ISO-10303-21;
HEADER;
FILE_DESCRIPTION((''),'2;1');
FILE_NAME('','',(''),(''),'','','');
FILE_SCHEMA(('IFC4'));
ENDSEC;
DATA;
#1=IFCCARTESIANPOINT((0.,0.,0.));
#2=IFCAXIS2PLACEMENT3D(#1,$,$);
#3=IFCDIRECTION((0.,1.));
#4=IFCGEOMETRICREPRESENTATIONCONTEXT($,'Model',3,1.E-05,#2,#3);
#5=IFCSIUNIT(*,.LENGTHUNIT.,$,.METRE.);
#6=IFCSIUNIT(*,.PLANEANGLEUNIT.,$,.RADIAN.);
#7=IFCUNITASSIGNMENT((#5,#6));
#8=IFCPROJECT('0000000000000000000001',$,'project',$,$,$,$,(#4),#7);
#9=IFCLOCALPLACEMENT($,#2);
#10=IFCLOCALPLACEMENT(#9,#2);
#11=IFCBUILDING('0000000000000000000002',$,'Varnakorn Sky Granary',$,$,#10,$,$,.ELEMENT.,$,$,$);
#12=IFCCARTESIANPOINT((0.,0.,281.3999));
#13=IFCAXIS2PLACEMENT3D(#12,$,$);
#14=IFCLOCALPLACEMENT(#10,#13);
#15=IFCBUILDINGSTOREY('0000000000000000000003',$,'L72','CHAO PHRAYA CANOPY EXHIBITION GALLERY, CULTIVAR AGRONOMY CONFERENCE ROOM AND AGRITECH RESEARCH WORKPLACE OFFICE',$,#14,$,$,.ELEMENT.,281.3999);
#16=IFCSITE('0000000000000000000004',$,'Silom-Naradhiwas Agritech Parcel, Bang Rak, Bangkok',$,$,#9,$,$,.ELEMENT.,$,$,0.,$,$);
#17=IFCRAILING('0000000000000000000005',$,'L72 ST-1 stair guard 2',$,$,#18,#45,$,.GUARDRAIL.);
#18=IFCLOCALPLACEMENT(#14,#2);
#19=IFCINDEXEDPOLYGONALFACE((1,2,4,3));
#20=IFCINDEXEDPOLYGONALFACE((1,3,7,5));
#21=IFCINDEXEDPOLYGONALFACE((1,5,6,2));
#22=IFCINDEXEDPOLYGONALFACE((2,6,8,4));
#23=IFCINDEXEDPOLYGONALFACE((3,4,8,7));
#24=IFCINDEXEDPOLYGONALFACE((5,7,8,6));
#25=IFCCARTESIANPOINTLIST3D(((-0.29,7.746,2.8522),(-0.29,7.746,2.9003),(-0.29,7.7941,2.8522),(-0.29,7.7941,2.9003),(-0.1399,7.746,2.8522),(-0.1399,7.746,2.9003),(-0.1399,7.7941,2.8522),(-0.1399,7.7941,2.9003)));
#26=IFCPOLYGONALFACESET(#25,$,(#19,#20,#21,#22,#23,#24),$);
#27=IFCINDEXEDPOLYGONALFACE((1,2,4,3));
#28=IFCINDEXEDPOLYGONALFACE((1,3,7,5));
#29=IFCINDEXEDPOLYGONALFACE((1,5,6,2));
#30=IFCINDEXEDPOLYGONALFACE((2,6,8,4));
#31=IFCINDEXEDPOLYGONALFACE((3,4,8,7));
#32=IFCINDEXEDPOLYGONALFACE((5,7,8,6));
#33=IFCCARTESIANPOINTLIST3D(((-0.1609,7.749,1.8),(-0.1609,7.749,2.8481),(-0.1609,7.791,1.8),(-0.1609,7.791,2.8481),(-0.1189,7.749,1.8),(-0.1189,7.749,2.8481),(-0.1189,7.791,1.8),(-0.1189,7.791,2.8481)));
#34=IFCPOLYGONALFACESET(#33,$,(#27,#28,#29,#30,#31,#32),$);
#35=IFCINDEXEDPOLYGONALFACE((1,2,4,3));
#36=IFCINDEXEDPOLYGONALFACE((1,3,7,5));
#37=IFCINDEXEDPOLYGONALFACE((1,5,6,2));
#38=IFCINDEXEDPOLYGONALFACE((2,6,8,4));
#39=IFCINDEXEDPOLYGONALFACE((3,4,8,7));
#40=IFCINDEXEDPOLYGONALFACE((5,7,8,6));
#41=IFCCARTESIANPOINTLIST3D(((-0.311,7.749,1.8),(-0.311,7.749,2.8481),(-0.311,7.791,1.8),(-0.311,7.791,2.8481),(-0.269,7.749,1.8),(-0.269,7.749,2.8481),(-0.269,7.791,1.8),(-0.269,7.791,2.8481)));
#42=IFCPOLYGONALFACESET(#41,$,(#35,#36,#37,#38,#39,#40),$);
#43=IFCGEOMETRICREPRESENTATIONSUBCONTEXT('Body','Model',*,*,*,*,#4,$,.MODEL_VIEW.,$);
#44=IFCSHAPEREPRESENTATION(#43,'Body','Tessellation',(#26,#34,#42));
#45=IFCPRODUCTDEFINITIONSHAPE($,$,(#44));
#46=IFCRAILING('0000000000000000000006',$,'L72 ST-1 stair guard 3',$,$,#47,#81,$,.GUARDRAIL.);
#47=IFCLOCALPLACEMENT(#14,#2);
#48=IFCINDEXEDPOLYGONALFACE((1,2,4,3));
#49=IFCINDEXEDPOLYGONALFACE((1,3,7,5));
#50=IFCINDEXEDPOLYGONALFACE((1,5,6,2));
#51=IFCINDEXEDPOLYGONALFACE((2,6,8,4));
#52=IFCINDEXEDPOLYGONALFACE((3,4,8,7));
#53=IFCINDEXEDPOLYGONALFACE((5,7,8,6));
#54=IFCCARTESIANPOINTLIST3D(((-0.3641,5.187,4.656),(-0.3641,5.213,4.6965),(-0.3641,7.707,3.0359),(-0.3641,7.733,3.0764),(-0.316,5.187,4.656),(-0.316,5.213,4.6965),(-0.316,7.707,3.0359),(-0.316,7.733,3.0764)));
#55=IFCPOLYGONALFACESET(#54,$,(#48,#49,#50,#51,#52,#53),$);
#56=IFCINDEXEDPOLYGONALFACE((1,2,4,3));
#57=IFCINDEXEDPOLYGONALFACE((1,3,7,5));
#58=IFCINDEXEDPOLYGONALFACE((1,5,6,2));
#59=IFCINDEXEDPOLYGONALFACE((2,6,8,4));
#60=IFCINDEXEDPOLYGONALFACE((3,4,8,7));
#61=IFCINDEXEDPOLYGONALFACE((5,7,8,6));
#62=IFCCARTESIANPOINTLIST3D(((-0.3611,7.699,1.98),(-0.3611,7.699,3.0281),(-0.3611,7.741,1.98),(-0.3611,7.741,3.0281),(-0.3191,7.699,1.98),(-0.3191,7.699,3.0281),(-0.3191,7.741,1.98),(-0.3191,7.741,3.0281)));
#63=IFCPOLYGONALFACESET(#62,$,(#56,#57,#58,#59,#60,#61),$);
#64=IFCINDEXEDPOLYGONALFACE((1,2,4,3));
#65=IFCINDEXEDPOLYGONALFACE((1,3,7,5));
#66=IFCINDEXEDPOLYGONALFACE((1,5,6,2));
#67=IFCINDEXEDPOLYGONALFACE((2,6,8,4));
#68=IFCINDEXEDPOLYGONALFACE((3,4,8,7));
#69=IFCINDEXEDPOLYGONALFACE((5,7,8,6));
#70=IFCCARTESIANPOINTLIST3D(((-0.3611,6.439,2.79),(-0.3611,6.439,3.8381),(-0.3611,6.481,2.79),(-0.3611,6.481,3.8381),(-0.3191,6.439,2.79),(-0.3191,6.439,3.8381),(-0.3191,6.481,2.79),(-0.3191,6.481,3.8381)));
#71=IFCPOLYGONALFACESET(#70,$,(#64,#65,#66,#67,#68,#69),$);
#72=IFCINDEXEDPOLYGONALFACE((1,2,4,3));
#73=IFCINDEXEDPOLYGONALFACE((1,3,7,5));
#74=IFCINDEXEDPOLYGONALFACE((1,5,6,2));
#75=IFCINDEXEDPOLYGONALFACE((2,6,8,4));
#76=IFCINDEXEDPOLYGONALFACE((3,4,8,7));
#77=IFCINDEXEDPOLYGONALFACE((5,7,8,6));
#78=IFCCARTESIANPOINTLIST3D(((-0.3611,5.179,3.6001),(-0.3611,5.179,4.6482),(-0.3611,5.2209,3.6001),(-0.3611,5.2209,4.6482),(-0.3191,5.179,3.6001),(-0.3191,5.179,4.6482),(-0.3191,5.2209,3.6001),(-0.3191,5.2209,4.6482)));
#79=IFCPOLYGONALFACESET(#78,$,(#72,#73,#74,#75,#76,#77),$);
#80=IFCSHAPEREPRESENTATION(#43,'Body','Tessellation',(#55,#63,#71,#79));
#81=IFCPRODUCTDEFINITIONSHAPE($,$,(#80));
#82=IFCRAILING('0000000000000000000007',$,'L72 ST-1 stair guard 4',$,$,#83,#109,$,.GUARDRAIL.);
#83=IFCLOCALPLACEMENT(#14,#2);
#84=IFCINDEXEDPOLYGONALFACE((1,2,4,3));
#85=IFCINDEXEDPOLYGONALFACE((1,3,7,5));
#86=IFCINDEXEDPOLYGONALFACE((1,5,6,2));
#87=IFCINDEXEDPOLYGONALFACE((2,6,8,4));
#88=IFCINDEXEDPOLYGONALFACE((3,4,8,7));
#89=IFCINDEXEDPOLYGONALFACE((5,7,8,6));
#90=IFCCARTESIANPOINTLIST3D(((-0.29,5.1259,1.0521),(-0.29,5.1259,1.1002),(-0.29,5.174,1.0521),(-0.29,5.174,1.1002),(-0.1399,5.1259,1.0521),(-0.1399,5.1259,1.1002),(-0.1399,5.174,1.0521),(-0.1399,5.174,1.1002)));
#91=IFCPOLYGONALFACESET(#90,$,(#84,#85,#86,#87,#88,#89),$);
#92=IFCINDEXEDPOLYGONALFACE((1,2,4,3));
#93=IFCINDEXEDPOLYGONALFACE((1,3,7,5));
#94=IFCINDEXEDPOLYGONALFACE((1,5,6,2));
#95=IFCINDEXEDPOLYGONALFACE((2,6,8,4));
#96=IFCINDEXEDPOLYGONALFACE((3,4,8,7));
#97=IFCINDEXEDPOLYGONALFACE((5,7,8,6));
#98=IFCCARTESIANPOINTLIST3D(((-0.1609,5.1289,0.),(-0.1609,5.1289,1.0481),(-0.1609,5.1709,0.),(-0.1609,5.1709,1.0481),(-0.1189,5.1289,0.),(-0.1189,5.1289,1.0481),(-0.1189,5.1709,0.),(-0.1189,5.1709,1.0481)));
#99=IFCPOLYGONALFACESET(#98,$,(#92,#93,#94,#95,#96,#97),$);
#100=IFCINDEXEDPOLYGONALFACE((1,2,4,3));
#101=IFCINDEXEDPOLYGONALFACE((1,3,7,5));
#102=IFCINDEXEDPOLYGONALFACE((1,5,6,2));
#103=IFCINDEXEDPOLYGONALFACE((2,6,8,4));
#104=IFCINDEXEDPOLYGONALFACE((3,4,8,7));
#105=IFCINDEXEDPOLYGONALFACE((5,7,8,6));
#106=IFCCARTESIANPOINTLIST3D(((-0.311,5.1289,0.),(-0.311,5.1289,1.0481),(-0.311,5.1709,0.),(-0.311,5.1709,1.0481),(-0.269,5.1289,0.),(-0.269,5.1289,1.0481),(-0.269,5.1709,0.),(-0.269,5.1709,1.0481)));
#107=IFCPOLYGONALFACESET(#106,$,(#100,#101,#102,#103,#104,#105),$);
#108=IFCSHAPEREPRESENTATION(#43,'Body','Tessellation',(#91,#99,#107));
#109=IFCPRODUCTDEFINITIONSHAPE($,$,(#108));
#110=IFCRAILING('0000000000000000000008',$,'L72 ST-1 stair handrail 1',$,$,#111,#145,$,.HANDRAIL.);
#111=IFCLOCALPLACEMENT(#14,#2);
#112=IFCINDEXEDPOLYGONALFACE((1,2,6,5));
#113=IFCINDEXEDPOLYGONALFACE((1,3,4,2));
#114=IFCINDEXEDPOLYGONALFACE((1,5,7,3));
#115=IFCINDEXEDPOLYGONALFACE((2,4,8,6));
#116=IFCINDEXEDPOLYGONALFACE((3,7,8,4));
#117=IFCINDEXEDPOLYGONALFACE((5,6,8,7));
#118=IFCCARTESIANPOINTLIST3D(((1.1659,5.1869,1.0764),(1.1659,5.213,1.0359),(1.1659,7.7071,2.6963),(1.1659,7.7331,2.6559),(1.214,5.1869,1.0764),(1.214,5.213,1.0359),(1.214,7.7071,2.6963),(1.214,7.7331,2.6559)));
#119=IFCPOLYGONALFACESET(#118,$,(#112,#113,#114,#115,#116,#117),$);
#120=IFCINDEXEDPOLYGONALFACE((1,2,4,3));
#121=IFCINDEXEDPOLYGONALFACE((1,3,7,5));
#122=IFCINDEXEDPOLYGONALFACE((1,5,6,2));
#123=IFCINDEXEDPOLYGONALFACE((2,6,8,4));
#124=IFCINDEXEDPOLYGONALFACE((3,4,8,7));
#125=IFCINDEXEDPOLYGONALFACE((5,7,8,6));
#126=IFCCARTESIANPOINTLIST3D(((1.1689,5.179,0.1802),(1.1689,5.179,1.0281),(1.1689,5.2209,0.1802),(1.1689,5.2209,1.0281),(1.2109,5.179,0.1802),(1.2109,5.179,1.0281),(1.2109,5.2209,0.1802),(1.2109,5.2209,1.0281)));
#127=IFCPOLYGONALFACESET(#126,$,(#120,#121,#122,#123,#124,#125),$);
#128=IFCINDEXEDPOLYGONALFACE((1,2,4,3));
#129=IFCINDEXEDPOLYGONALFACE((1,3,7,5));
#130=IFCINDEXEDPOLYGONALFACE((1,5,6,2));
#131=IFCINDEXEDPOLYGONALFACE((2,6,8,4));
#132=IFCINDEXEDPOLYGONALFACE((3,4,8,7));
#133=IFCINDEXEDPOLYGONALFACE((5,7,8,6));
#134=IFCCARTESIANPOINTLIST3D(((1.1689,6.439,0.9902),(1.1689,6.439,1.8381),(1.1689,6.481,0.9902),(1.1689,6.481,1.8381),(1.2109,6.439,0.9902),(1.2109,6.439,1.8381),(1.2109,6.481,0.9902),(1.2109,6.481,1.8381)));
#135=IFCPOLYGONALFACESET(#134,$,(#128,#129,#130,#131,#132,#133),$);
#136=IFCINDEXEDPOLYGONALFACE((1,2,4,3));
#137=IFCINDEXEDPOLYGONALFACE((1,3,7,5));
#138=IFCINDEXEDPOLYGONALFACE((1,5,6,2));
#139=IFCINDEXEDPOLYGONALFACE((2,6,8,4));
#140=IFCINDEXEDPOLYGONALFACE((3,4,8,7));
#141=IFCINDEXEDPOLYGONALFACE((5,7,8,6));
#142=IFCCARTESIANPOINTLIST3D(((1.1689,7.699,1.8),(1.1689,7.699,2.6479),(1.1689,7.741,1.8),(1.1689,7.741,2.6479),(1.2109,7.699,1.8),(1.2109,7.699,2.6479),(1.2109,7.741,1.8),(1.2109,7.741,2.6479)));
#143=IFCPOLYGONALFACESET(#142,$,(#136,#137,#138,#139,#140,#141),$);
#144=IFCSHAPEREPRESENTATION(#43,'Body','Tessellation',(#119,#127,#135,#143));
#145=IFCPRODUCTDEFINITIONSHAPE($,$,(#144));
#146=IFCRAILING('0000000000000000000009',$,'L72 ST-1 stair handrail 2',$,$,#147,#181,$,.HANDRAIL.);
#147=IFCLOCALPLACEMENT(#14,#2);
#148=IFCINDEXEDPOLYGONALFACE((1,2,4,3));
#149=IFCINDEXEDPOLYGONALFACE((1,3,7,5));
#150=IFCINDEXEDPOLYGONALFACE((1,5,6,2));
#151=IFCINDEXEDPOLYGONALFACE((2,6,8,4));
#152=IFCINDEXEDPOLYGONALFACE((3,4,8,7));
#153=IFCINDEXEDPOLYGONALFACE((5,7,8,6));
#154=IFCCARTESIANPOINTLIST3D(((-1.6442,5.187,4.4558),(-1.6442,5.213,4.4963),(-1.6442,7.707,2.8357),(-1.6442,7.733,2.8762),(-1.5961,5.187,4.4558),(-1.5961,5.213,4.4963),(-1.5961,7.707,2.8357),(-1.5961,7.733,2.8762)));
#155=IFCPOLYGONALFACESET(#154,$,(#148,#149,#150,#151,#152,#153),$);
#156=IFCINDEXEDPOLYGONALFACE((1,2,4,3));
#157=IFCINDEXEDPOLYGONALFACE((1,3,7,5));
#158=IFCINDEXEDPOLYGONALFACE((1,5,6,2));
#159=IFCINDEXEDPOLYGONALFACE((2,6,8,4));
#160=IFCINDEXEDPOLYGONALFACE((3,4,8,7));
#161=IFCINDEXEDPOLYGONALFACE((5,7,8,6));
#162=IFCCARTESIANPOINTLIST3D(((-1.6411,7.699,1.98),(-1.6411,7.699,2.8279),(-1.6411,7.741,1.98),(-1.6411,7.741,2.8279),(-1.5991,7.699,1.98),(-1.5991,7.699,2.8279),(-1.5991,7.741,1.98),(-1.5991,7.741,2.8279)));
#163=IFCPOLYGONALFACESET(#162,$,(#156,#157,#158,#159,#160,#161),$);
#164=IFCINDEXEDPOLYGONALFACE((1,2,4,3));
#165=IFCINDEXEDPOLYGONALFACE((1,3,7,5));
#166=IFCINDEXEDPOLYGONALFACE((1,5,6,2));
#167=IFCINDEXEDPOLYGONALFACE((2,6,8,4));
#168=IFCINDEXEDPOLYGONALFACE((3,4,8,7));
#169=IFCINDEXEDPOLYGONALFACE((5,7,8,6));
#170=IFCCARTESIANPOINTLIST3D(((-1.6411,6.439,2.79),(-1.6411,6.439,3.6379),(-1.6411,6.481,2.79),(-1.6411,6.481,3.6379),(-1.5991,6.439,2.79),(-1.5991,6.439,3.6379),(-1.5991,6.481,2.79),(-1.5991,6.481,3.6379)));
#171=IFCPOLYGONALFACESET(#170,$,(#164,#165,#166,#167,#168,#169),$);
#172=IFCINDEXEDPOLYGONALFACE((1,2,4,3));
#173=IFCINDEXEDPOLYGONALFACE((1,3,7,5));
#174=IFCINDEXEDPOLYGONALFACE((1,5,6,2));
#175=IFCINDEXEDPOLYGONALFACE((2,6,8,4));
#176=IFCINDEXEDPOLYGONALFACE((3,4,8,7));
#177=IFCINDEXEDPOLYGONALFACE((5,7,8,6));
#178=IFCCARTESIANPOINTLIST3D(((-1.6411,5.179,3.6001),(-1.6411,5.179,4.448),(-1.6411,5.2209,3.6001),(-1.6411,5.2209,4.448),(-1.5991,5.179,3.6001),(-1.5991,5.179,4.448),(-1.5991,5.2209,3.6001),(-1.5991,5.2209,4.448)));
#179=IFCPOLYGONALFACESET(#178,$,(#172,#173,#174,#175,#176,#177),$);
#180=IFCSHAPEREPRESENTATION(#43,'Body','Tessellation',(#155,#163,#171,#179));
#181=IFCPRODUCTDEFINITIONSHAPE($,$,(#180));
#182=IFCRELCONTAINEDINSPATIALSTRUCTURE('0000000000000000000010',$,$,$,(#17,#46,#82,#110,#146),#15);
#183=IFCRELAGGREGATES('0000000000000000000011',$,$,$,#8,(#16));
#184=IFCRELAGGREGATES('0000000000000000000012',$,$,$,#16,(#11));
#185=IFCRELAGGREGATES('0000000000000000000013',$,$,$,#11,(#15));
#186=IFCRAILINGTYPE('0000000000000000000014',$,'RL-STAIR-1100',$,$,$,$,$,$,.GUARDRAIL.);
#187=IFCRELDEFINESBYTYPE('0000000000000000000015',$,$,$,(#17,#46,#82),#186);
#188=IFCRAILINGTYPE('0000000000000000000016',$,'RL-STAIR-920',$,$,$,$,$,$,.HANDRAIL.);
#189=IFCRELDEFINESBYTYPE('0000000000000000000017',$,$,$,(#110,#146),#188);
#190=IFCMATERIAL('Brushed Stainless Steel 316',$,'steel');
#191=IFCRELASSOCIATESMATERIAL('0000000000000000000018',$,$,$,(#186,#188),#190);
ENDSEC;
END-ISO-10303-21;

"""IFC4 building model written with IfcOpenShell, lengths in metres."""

from ifc_helpers import new_model, si_unit, direction, frame, origin, origin_2d, place, context, subcontext, project, spatial, rectangle, extrude, material, type_object, element, save


model = new_model("IFC4")

# Units and contexts
model_context = context("Model", 3, precision=1e-05, world=origin(), true_north=direction((0.0, 1.0)))
body_context = subcontext(model_context, "Body", "Model", "MODEL_VIEW")
ifc_project = project(units=[si_unit("LENGTHUNIT", "METRE"), si_unit("PLANEANGLEUNIT", "RADIAN")], contexts=[model_context])

# Site, building, storey
site_placement = place(None, origin())
site = spatial("IfcSite", under=ifc_project, at=site_placement, Name="Silom-Naradhiwas Agritech Parcel, Bang Rak, Bangkok", CompositionType="ELEMENT", RefElevation=0.0)
building_placement = place(site_placement, origin())
building = spatial("IfcBuilding", under=site, at=building_placement, Name="Varnakorn Sky Granary", CompositionType="ELEMENT")
storey_placement = place(building_placement, frame((0.0, 0.0, 281.3999)))
storey = spatial("IfcBuildingStorey", under=building, at=storey_placement, Name="L72", Description="CHAO PHRAYA CANOPY EXHIBITION GALLERY, CULTIVAR AGRONOMY CONFERENCE ROOM AND AGRITECH RESEARCH WORKPLACE OFFICE", CompositionType="ELEMENT", Elevation=281.3999)

# Railings
ifc_material_1 = material(Name="Brushed Stainless Steel 316", Category="steel")
railing_type_1 = type_object("IfcRailingType", Name="RL-STAIR-1100", PredefinedType="GUARDRAIL", material=ifc_material_1)
railing_1_placement = place(storey_placement, frame((-0.1399, 7.77, 1.8)))
element("IfcRailing", 1, at=railing_1_placement, inside=storey, type_object=railing_type_1, Name="L72 ST-1 stair guard 2", PredefinedType="GUARDRAIL", context=body_context, shape_type="SweptSolid", body=[
    extrude(rectangle(XDim=0.0481, YDim=0.0481, at=origin_2d()), frame((0.0, 0.0, 1.0762), z_axis=(-1.0, 0.0, 0.0), x_axis=(0.0, -1.0, 0.0)), (0.0, 0.0, 1.0), 0.1501),
    extrude(rectangle(XDim=0.042, YDim=0.042, at=origin_2d()), origin(), (0.0, 0.0, 1.0), 1.0481),
    extrude(rectangle(XDim=0.042, YDim=0.042, at=origin_2d()), frame((-0.1501, 0.0, 0.0)), (0.0, 0.0, 1.0), 1.0481),
])
railing_2_placement = place(storey_placement, frame((-0.3401, 7.72, 1.98)))
element("IfcRailing", 2, at=railing_2_placement, inside=storey, type_object=railing_type_1, Name="L72 ST-1 stair guard 3", PredefinedType="GUARDRAIL", context=body_context, shape_type="SweptSolid", body=[
    extrude(rectangle(XDim=0.0481, YDim=0.0481, at=origin_2d()), frame((0.0, 0.0, 1.0762), z_axis=(0.0, -0.841163, 0.540782), x_axis=(1.0, 0.0, 0.0)), (0.0, 0.0, 1.0), 2.9958),
    extrude(rectangle(XDim=0.042, YDim=0.042, at=origin_2d()), origin(), (0.0, 0.0, 1.0), 1.0481),
    extrude(rectangle(XDim=0.042, YDim=0.042, at=origin_2d()), frame((0.0, -1.26, 0.8101)), (0.0, 0.0, 1.0), 1.0481),
    extrude(rectangle(XDim=0.042, YDim=0.042, at=origin_2d()), frame((0.0, -2.52, 1.6201)), (0.0, 0.0, 1.0), 1.0481),
])
railing_3_placement = place(storey_placement, frame((-0.1399, 5.1499, 0.0)))
element("IfcRailing", 3, at=railing_3_placement, inside=storey, type_object=railing_type_1, Name="L72 ST-1 stair guard 4", PredefinedType="GUARDRAIL", context=body_context, shape_type="SweptSolid", body=[
    extrude(rectangle(XDim=0.0481, YDim=0.0481, at=origin_2d()), frame((0.0, 0.0, 1.0762), z_axis=(-1.0, 0.0, 0.0), x_axis=(0.0, -1.0, 0.0)), (0.0, 0.0, 1.0), 0.1501),
    extrude(rectangle(XDim=0.042, YDim=0.042, at=origin_2d()), origin(), (0.0, 0.0, 1.0), 1.0481),
    extrude(rectangle(XDim=0.042, YDim=0.042, at=origin_2d()), frame((-0.1501, 0.0, 0.0)), (0.0, 0.0, 1.0), 1.0481),
])
railing_type_2 = type_object("IfcRailingType", Name="RL-STAIR-920", PredefinedType="HANDRAIL", material=ifc_material_1)
railing_4_placement = place(storey_placement, frame((1.1899, 5.2, 0.1802)))
element("IfcRailing", 4, at=railing_4_placement, inside=storey, type_object=railing_type_2, Name="L72 ST-1 stair handrail 1", PredefinedType="HANDRAIL", context=body_context, shape_type="SweptSolid", body=[
    extrude(rectangle(XDim=0.0481, YDim=0.0481, at=origin_2d()), frame((0.0, 0.0, 0.876), z_axis=(0.0, 0.8412, 0.540725), x_axis=(-1.0, 0.0, 0.0)), (0.0, 0.0, 1.0), 2.9958),
    extrude(rectangle(XDim=0.042, YDim=0.042, at=origin_2d()), origin(), (0.0, 0.0, 1.0), 0.8479),
    extrude(rectangle(XDim=0.042, YDim=0.042, at=origin_2d()), frame((0.0, 1.26, 0.8101)), (0.0, 0.0, 1.0), 0.8479),
    extrude(rectangle(XDim=0.042, YDim=0.042, at=origin_2d()), frame((0.0, 2.52, 1.6199)), (0.0, 0.0, 1.0), 0.8479),
])
railing_5_placement = place(storey_placement, frame((-1.6201, 7.72, 1.98)))
element("IfcRailing", 5, at=railing_5_placement, inside=storey, type_object=railing_type_2, Name="L72 ST-1 stair handrail 2", PredefinedType="HANDRAIL", context=body_context, shape_type="SweptSolid", body=[
    extrude(rectangle(XDim=0.0481, YDim=0.0481, at=origin_2d()), frame((0.0, 0.0, 0.876), z_axis=(0.0, -0.841163, 0.540782), x_axis=(1.0, 0.0, 0.0)), (0.0, 0.0, 1.0), 2.9958),
    extrude(rectangle(XDim=0.042, YDim=0.042, at=origin_2d()), origin(), (0.0, 0.0, 1.0), 0.8479),
    extrude(rectangle(XDim=0.042, YDim=0.042, at=origin_2d()), frame((0.0, -1.26, 0.8101)), (0.0, 0.0, 1.0), 0.8479),
    extrude(rectangle(XDim=0.042, YDim=0.042, at=origin_2d()), frame((0.0, -2.52, 1.6201)), (0.0, 0.0, 1.0), 0.8479),
])

save(model, "model.ifc")
